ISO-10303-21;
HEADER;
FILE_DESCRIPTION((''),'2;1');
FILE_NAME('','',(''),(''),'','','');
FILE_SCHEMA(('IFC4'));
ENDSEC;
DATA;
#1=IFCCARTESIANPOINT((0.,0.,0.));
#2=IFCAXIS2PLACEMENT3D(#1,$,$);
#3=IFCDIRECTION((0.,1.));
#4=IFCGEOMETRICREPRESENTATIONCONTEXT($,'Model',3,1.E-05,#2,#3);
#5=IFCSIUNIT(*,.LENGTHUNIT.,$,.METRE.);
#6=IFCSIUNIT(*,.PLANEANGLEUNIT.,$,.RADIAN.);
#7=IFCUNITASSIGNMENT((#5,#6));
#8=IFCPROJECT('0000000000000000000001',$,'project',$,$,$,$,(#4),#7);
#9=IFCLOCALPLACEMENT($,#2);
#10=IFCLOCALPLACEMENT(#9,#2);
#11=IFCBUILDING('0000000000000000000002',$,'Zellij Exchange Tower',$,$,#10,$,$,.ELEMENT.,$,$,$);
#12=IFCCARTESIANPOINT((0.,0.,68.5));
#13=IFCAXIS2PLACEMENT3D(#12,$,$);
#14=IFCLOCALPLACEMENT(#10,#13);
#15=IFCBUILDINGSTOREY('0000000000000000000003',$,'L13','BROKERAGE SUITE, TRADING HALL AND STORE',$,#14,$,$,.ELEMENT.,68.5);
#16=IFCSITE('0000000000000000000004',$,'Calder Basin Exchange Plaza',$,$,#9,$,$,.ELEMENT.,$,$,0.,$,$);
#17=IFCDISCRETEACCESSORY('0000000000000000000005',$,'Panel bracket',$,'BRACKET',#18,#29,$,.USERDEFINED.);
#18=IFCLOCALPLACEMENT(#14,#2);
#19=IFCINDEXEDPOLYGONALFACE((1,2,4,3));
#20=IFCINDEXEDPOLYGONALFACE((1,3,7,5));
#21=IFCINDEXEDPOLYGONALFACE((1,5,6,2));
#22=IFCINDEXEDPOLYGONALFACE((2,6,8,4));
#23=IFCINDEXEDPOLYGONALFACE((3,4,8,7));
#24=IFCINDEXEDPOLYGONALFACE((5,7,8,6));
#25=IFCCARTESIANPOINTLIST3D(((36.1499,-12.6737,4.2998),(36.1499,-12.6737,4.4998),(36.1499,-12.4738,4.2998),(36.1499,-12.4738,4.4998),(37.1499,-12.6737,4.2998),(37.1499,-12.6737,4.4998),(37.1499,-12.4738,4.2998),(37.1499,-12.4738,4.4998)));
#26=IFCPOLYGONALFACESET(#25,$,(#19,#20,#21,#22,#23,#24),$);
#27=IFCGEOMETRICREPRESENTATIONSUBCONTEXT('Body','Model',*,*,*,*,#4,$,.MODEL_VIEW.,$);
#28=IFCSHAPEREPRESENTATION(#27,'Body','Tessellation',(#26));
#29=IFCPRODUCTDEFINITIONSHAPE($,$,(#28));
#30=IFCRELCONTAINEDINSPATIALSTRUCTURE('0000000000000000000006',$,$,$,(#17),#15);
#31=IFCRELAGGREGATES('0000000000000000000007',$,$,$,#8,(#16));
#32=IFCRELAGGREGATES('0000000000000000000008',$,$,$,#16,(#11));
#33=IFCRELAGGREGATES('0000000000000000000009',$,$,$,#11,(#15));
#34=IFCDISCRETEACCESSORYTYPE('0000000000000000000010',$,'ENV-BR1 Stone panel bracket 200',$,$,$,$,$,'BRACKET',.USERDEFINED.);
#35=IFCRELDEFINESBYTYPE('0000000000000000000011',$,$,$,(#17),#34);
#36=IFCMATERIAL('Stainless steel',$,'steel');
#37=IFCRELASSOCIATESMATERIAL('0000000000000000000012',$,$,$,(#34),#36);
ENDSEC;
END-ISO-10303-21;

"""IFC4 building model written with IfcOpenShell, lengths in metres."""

from ifc_helpers import new_model, si_unit, direction, frame, origin, origin_2d, place, context, subcontext, project, spatial, rectangle, extrude, material, type_object, element, save


model = new_model("IFC4")

# Units and contexts
model_context = context("Model", 3, precision=1e-05, world=origin(), true_north=direction((0.0, 1.0)))
body_context = subcontext(model_context, "Body", "Model", "MODEL_VIEW")
ifc_project = project(units=[si_unit("LENGTHUNIT", "METRE"), si_unit("PLANEANGLEUNIT", "RADIAN")], contexts=[model_context])

# Site, building, storey
site_placement = place(None, origin())
site = spatial("IfcSite", under=ifc_project, at=site_placement, Name="Calder Basin Exchange Plaza", CompositionType="ELEMENT", RefElevation=0.0)
building_placement = place(site_placement, origin())
building = spatial("IfcBuilding", under=site, at=building_placement, Name="Zellij Exchange Tower", CompositionType="ELEMENT")
storey_placement = place(building_placement, frame((0.0, 0.0, 68.5)))
storey = spatial("IfcBuildingStorey", under=building, at=storey_placement, Name="L13", Description="BROKERAGE SUITE, TRADING HALL AND STORE", CompositionType="ELEMENT", Elevation=68.5)

# Shared definitions
ifc_material_1 = material(Name="Stainless steel", Category="steel")

# Discrete accessory
discrete_accessory_type = type_object("IfcDiscreteAccessoryType", Name="ENV-BR1 Stone panel bracket 200", ElementType="BRACKET", PredefinedType="USERDEFINED", material=ifc_material_1)
for number, where, z_axis, x_axis, name in (
    (1, (36.6499, -12.5737, 4.2998), (0.0, 0.0, 1.0), (0.0, 1.0, 0.0), "Panel bracket"),
):
    element("IfcDiscreteAccessory", number, at=place(storey_placement, frame(where, z_axis=z_axis, x_axis=x_axis)), inside=storey, type_object=discrete_accessory_type, Name=name, ObjectType="BRACKET", PredefinedType="USERDEFINED", context=body_context, shape_type="SweptSolid", body=[
        extrude(rectangle(XDim=0.2, YDim=1.0, at=origin_2d()), origin(), (0.0, 0.0, 1.0), 0.2),
    ])

save(model, "model.ifc")
